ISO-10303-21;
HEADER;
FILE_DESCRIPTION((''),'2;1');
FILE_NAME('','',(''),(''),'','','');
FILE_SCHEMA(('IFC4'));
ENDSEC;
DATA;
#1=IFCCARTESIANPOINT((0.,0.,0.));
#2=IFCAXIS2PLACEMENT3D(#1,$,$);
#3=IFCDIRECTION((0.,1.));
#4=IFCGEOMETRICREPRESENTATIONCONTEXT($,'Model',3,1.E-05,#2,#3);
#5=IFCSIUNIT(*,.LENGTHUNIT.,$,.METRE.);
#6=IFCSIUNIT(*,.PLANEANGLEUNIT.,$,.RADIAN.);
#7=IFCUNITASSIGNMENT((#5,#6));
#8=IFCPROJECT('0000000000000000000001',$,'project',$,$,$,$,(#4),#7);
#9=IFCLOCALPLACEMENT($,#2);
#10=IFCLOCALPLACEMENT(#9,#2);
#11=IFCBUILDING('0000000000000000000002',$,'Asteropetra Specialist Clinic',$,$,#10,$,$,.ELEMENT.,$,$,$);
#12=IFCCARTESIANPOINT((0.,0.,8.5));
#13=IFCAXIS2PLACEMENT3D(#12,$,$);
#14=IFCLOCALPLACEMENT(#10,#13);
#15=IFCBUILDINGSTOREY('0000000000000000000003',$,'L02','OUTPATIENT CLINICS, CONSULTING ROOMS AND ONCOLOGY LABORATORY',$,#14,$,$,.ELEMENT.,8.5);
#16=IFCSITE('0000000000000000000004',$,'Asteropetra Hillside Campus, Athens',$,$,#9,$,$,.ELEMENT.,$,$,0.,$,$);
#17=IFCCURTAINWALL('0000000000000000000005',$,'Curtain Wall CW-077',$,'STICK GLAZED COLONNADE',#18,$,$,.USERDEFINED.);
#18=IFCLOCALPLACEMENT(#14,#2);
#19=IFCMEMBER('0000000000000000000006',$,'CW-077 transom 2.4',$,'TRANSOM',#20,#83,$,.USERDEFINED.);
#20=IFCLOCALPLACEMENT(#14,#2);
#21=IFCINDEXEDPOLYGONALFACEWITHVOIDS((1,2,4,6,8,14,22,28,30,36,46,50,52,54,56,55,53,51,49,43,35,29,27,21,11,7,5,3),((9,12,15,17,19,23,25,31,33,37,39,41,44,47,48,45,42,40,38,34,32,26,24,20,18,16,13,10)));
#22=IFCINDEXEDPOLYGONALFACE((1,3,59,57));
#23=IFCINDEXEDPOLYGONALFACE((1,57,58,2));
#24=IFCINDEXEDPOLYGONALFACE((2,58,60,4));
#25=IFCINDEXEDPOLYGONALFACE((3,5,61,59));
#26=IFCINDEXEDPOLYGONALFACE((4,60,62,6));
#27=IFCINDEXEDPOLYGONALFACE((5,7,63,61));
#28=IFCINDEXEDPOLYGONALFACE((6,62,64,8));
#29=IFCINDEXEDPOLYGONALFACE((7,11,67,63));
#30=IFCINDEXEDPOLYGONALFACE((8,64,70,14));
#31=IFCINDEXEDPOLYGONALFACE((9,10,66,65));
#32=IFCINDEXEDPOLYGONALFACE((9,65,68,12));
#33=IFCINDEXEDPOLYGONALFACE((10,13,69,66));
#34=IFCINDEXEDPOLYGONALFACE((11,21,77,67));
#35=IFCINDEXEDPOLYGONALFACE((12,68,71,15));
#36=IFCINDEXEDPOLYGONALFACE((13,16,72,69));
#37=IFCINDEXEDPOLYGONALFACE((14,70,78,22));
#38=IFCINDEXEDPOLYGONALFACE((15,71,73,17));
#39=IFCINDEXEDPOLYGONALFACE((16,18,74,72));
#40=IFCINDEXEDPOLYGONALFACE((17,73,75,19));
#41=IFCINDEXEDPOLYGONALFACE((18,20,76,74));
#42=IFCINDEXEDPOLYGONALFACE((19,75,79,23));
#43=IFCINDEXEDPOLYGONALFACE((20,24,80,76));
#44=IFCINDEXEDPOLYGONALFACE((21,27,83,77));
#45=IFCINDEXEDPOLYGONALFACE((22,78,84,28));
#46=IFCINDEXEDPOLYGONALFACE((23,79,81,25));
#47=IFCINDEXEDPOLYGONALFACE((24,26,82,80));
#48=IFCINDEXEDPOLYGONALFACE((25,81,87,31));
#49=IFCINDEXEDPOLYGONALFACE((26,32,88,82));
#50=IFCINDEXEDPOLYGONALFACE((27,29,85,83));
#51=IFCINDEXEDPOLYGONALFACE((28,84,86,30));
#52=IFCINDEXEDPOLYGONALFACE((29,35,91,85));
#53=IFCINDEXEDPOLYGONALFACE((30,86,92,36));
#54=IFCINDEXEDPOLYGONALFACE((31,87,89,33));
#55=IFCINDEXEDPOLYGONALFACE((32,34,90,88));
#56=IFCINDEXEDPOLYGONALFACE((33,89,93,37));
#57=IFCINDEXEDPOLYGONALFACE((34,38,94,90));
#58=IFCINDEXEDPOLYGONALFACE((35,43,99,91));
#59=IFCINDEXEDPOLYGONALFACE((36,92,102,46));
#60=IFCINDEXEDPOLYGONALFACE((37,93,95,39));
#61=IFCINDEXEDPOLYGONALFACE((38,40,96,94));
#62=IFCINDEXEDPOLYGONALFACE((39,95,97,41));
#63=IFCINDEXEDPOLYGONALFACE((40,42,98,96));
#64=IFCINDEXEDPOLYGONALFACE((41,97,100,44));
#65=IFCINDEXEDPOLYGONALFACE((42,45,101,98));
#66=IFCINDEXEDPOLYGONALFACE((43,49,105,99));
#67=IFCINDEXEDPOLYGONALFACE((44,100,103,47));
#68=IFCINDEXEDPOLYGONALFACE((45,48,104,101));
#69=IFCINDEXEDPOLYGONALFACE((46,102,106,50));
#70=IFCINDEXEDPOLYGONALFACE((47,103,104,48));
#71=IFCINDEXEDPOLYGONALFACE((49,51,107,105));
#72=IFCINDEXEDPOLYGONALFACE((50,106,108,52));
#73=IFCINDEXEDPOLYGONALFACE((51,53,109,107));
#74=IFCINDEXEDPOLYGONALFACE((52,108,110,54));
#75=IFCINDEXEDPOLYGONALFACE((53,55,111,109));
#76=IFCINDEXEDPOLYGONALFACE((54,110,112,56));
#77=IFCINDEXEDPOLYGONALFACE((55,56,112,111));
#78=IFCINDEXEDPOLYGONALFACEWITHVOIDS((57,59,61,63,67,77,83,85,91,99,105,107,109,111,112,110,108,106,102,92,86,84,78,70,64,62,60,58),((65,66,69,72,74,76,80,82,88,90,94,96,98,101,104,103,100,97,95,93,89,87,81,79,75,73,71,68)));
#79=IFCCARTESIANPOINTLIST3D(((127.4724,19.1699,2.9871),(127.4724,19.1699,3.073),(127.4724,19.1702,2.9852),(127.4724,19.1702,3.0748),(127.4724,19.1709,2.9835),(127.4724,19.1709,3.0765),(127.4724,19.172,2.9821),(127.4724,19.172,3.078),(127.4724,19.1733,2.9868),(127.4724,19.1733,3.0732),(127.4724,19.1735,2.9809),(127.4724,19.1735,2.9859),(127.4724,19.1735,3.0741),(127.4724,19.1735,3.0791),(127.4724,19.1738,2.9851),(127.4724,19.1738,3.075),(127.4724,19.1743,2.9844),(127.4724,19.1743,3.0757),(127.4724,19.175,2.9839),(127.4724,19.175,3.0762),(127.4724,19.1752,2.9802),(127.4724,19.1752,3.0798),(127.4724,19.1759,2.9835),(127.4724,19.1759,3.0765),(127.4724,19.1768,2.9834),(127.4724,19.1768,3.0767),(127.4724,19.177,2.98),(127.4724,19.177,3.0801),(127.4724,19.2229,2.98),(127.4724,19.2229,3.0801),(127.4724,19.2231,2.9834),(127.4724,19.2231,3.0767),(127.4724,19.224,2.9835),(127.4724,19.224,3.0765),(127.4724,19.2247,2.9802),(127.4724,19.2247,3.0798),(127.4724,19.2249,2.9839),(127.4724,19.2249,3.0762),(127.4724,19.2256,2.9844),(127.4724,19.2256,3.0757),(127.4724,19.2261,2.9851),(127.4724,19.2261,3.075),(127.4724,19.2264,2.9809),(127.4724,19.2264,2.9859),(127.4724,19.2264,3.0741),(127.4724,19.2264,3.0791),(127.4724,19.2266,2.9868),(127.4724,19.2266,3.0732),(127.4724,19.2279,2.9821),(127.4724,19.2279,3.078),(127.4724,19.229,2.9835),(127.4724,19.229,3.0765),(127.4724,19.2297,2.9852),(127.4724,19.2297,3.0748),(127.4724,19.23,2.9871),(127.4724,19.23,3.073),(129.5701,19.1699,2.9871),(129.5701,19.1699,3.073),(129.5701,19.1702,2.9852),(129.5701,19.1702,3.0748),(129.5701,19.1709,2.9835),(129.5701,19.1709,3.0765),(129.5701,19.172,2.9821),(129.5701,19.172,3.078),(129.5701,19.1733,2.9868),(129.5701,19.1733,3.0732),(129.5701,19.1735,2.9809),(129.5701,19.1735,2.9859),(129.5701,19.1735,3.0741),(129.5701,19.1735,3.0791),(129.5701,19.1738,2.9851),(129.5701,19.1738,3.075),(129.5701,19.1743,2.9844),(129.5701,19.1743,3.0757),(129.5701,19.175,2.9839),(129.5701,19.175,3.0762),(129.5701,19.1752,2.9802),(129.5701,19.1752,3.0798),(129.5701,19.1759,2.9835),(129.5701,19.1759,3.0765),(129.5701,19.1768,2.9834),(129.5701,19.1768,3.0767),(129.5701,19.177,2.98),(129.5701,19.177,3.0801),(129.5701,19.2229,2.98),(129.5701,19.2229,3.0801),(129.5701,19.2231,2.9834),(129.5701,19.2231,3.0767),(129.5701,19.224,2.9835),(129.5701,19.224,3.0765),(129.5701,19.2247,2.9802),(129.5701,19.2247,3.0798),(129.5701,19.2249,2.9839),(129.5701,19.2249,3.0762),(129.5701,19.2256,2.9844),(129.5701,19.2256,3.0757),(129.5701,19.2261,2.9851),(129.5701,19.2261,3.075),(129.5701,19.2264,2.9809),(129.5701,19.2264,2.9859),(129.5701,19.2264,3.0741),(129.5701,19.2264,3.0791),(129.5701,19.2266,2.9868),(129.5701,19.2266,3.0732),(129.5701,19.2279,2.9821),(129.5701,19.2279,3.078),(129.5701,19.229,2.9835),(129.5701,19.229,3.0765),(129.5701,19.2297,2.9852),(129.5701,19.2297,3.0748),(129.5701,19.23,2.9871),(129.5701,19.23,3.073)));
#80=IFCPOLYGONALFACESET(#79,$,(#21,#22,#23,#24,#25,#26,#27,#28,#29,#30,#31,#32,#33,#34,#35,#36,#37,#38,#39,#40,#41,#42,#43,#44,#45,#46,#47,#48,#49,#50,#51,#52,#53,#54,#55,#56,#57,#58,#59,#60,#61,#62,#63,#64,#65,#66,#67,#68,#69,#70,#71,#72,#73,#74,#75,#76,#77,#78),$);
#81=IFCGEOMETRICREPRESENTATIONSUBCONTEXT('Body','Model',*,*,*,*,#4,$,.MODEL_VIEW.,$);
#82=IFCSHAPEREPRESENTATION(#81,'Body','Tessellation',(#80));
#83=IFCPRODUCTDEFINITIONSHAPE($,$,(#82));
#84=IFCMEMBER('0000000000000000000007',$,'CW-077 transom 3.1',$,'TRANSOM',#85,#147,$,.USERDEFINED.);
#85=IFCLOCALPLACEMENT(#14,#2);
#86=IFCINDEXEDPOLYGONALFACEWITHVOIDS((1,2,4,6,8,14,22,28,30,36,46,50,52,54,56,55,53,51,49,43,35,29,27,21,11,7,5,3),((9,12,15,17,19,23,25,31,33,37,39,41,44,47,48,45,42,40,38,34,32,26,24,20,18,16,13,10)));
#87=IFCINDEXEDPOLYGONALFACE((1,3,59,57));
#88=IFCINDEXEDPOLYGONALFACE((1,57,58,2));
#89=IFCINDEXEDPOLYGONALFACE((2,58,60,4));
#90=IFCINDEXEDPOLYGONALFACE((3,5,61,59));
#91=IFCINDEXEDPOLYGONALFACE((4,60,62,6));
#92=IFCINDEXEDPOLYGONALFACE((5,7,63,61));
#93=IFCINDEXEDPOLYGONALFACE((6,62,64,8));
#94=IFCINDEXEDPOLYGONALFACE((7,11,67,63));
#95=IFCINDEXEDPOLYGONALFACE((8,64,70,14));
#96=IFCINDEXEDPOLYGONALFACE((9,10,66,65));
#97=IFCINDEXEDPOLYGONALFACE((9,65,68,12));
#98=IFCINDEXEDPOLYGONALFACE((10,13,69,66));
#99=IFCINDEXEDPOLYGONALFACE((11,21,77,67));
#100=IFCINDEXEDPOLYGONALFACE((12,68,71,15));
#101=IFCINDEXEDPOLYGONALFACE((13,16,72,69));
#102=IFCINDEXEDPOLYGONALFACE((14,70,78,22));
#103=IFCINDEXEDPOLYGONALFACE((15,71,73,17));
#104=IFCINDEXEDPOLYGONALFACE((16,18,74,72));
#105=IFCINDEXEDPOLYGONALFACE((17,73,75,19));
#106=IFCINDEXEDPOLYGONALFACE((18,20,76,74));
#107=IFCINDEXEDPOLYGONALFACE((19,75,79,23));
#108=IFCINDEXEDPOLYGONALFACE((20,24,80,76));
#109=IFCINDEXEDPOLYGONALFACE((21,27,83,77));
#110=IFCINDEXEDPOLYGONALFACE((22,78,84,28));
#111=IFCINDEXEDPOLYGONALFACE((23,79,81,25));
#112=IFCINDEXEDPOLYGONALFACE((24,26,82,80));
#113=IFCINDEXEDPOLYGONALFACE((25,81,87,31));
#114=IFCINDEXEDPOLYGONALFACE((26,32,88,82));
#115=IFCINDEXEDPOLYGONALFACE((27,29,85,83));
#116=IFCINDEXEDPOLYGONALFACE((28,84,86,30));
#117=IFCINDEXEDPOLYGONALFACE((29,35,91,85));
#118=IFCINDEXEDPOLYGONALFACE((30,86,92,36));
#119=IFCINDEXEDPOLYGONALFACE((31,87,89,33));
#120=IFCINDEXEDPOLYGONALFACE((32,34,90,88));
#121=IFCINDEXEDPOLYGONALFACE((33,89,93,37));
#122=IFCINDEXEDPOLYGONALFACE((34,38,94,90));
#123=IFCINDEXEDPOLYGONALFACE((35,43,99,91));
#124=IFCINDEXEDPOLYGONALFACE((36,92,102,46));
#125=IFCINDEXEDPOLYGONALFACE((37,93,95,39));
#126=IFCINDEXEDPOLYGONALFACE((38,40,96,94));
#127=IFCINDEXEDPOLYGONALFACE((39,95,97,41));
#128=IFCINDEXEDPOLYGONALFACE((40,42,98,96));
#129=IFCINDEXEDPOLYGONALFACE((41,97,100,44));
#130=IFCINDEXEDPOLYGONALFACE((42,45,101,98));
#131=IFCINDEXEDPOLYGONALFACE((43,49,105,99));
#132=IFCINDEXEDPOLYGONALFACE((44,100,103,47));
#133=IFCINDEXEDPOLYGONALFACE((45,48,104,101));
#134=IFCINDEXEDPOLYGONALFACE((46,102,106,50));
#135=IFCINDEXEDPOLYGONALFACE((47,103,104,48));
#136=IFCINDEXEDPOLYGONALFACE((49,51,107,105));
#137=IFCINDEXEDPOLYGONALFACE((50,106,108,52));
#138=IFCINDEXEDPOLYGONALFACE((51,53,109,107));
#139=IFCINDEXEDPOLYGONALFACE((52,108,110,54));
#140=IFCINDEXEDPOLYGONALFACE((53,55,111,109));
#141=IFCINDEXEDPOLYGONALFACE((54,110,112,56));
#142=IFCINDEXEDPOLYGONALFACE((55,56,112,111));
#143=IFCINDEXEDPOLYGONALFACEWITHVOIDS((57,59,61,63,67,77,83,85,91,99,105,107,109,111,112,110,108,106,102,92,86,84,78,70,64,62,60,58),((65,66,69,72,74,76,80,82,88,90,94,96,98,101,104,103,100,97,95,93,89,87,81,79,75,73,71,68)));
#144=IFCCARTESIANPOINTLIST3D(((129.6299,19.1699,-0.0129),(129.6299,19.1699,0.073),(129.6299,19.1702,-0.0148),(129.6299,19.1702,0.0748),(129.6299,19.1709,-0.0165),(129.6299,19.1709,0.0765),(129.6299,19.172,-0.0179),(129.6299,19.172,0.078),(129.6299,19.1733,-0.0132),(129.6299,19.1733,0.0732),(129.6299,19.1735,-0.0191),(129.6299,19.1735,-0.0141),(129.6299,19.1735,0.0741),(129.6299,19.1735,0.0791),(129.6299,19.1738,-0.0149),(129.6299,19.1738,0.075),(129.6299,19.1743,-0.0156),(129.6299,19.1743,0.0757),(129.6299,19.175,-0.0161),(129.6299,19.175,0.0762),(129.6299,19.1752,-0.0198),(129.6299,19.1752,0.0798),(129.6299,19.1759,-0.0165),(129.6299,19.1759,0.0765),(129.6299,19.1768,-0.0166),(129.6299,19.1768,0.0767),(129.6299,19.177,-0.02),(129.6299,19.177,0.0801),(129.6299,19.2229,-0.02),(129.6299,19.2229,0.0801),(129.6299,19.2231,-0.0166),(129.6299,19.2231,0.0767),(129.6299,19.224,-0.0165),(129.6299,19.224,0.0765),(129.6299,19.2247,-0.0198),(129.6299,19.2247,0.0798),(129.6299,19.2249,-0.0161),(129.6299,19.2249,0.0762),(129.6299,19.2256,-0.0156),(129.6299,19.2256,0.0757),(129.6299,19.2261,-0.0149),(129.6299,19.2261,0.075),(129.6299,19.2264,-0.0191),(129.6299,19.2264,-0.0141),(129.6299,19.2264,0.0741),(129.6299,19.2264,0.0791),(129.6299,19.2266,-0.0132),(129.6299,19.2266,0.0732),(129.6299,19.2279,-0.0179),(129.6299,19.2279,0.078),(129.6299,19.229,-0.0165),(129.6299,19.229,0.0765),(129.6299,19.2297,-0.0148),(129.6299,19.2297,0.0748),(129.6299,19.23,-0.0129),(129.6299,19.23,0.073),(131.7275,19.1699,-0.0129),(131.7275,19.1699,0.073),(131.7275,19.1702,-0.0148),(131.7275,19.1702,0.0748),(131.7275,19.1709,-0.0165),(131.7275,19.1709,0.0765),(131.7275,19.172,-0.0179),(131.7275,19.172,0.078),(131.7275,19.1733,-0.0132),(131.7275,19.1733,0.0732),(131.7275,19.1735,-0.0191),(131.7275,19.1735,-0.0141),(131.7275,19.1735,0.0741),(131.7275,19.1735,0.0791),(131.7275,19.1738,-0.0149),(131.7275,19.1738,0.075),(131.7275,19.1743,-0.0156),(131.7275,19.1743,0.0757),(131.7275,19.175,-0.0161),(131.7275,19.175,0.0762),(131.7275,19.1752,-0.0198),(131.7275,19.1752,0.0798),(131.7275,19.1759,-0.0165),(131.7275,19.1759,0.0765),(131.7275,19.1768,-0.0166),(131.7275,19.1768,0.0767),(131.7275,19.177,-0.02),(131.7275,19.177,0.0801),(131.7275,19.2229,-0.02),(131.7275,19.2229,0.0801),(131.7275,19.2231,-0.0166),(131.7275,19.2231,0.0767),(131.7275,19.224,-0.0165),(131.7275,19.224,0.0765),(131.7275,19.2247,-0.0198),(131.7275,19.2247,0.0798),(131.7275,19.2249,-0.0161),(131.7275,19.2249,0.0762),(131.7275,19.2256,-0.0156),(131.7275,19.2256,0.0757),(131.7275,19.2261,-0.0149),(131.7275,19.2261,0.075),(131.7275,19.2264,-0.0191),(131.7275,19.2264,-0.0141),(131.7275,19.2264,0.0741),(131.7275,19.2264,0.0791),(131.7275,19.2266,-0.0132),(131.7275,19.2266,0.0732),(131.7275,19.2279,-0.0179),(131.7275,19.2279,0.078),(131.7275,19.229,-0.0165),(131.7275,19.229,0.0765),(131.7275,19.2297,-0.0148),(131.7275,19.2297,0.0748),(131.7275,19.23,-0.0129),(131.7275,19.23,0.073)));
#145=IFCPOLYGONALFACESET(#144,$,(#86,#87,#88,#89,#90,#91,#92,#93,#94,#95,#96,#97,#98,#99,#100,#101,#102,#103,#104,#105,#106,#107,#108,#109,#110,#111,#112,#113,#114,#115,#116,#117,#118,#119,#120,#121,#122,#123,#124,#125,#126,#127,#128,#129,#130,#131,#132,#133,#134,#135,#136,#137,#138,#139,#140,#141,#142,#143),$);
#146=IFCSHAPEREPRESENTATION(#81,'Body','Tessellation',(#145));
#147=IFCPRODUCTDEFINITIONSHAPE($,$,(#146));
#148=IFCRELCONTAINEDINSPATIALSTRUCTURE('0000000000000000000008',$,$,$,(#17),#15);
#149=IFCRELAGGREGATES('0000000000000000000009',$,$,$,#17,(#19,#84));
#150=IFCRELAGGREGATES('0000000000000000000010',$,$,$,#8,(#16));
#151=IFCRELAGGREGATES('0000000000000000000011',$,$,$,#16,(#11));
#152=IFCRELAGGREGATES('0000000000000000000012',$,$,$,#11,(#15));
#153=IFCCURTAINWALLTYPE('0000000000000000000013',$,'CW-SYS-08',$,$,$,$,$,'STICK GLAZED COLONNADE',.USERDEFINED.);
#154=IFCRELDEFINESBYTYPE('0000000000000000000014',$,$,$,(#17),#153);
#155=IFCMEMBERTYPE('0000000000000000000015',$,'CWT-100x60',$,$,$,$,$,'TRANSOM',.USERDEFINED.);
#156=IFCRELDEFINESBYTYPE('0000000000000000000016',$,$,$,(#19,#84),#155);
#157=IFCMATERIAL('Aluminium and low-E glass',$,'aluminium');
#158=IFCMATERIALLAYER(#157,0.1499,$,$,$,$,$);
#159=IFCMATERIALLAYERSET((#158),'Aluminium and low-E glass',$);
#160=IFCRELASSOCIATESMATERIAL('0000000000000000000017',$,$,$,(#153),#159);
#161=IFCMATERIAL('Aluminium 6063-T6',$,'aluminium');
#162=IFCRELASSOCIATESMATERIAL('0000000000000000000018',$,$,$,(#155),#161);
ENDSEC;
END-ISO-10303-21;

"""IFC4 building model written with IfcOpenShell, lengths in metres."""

from ifc_helpers import new_model, si_unit, direction, frame, origin, origin_2d, place, context, subcontext, project, spatial, hollow_rectangle, extrude, material, layer, layer_set, material_profile, profile_set, type_object, element, aggregate, save


model = new_model("IFC4")

# Units and contexts
model_context = context("Model", 3, precision=1e-05, world=origin(), true_north=direction((0.0, 1.0)))
body_context = subcontext(model_context, "Body", "Model", "MODEL_VIEW")
ifc_project = project(units=[si_unit("LENGTHUNIT", "METRE"), si_unit("PLANEANGLEUNIT", "RADIAN")], contexts=[model_context])

# Site, building, storey
site_placement = place(None, origin())
site = spatial("IfcSite", under=ifc_project, at=site_placement, Name="Asteropetra Hillside Campus, Athens", CompositionType="ELEMENT", RefElevation=0.0)
building_placement = place(site_placement, origin())
building = spatial("IfcBuilding", under=site, at=building_placement, Name="Asteropetra Specialist Clinic", CompositionType="ELEMENT")
storey_placement = place(building_placement, frame((0.0, 0.0, 8.5)))
storey = spatial("IfcBuildingStorey", under=building, at=storey_placement, Name="L02", Description="OUTPATIENT CLINICS, CONSULTING ROOMS AND ONCOLOGY LABORATORY", CompositionType="ELEMENT", Elevation=8.5)

# Curtain wall, members
ifc_material_1 = material(Name="Aluminium and low-E glass", Category="aluminium")
ifc_layer_1 = layer(ifc_material_1, 0.1499)
ifc_layer_set_1 = layer_set([ifc_layer_1], Name="Aluminium and low-E glass")
curtain_wall_type = type_object("IfcCurtainWallType", Name="CW-SYS-08", ElementType="STICK GLAZED COLONNADE", PredefinedType="USERDEFINED", material=ifc_layer_set_1)
curtain_wall_placement = place(storey_placement, origin())
curtain_wall = element("IfcCurtainWall", 1, at=curtain_wall_placement, inside=storey, type_object=curtain_wall_type, Name="Curtain Wall CW-077", ObjectType="STICK GLAZED COLONNADE", PredefinedType="USERDEFINED")
ifc_material_2 = material(Name="Aluminium 6063-T6", Category="aluminium")
ifc_material_profile_1 = material_profile(ifc_material_2, hollow_rectangle(XDim=0.0601, YDim=0.1001, WallThickness=0.0034, InnerFilletRadius=0.0034, OuterFilletRadius=0.0071, at=origin_2d()), Name="TRN 100x60x3.5")
ifc_profile_set_1 = profile_set([ifc_material_profile_1], Name="Aluminium 6063-T6")
member_type_1 = type_object("IfcMemberType", Name="CWT-100x60", ElementType="TRANSOM", PredefinedType="USERDEFINED", material=ifc_profile_set_1)
member_1_placement = place(storey_placement, frame((127.4724, 19.2, 3.03), z_axis=(1.0, 0.0, 0.0), x_axis=(0.0, 1.0, 0.0)))
member_1 = element("IfcMember", 2, at=member_1_placement, type_object=member_type_1, Name="CW-077 transom 2.4", ObjectType="TRANSOM", PredefinedType="USERDEFINED", context=body_context, shape_type="SweptSolid", body=[
    extrude(hollow_rectangle(XDim=0.0601, YDim=0.1001, WallThickness=0.0034, InnerFilletRadius=0.0034, OuterFilletRadius=0.0071, at=origin_2d()), origin(), (0.0, 0.0, 1.0), 2.0977),
])
member_2_placement = place(storey_placement, frame((129.6299, 19.2, 0.03), z_axis=(1.0, 0.0, 0.0), x_axis=(0.0, 1.0, 0.0)))
member_2 = element("IfcMember", 3, at=member_2_placement, type_object=member_type_1, Name="CW-077 transom 3.1", ObjectType="TRANSOM", PredefinedType="USERDEFINED", context=body_context, shape_type="SweptSolid", body=[
    extrude(hollow_rectangle(XDim=0.0601, YDim=0.1001, WallThickness=0.0034, InnerFilletRadius=0.0034, OuterFilletRadius=0.0071, at=origin_2d()), origin(), (0.0, 0.0, 1.0), 2.0977),
])

aggregate(curtain_wall, [member_1, member_2])

save(model, "model.ifc")
